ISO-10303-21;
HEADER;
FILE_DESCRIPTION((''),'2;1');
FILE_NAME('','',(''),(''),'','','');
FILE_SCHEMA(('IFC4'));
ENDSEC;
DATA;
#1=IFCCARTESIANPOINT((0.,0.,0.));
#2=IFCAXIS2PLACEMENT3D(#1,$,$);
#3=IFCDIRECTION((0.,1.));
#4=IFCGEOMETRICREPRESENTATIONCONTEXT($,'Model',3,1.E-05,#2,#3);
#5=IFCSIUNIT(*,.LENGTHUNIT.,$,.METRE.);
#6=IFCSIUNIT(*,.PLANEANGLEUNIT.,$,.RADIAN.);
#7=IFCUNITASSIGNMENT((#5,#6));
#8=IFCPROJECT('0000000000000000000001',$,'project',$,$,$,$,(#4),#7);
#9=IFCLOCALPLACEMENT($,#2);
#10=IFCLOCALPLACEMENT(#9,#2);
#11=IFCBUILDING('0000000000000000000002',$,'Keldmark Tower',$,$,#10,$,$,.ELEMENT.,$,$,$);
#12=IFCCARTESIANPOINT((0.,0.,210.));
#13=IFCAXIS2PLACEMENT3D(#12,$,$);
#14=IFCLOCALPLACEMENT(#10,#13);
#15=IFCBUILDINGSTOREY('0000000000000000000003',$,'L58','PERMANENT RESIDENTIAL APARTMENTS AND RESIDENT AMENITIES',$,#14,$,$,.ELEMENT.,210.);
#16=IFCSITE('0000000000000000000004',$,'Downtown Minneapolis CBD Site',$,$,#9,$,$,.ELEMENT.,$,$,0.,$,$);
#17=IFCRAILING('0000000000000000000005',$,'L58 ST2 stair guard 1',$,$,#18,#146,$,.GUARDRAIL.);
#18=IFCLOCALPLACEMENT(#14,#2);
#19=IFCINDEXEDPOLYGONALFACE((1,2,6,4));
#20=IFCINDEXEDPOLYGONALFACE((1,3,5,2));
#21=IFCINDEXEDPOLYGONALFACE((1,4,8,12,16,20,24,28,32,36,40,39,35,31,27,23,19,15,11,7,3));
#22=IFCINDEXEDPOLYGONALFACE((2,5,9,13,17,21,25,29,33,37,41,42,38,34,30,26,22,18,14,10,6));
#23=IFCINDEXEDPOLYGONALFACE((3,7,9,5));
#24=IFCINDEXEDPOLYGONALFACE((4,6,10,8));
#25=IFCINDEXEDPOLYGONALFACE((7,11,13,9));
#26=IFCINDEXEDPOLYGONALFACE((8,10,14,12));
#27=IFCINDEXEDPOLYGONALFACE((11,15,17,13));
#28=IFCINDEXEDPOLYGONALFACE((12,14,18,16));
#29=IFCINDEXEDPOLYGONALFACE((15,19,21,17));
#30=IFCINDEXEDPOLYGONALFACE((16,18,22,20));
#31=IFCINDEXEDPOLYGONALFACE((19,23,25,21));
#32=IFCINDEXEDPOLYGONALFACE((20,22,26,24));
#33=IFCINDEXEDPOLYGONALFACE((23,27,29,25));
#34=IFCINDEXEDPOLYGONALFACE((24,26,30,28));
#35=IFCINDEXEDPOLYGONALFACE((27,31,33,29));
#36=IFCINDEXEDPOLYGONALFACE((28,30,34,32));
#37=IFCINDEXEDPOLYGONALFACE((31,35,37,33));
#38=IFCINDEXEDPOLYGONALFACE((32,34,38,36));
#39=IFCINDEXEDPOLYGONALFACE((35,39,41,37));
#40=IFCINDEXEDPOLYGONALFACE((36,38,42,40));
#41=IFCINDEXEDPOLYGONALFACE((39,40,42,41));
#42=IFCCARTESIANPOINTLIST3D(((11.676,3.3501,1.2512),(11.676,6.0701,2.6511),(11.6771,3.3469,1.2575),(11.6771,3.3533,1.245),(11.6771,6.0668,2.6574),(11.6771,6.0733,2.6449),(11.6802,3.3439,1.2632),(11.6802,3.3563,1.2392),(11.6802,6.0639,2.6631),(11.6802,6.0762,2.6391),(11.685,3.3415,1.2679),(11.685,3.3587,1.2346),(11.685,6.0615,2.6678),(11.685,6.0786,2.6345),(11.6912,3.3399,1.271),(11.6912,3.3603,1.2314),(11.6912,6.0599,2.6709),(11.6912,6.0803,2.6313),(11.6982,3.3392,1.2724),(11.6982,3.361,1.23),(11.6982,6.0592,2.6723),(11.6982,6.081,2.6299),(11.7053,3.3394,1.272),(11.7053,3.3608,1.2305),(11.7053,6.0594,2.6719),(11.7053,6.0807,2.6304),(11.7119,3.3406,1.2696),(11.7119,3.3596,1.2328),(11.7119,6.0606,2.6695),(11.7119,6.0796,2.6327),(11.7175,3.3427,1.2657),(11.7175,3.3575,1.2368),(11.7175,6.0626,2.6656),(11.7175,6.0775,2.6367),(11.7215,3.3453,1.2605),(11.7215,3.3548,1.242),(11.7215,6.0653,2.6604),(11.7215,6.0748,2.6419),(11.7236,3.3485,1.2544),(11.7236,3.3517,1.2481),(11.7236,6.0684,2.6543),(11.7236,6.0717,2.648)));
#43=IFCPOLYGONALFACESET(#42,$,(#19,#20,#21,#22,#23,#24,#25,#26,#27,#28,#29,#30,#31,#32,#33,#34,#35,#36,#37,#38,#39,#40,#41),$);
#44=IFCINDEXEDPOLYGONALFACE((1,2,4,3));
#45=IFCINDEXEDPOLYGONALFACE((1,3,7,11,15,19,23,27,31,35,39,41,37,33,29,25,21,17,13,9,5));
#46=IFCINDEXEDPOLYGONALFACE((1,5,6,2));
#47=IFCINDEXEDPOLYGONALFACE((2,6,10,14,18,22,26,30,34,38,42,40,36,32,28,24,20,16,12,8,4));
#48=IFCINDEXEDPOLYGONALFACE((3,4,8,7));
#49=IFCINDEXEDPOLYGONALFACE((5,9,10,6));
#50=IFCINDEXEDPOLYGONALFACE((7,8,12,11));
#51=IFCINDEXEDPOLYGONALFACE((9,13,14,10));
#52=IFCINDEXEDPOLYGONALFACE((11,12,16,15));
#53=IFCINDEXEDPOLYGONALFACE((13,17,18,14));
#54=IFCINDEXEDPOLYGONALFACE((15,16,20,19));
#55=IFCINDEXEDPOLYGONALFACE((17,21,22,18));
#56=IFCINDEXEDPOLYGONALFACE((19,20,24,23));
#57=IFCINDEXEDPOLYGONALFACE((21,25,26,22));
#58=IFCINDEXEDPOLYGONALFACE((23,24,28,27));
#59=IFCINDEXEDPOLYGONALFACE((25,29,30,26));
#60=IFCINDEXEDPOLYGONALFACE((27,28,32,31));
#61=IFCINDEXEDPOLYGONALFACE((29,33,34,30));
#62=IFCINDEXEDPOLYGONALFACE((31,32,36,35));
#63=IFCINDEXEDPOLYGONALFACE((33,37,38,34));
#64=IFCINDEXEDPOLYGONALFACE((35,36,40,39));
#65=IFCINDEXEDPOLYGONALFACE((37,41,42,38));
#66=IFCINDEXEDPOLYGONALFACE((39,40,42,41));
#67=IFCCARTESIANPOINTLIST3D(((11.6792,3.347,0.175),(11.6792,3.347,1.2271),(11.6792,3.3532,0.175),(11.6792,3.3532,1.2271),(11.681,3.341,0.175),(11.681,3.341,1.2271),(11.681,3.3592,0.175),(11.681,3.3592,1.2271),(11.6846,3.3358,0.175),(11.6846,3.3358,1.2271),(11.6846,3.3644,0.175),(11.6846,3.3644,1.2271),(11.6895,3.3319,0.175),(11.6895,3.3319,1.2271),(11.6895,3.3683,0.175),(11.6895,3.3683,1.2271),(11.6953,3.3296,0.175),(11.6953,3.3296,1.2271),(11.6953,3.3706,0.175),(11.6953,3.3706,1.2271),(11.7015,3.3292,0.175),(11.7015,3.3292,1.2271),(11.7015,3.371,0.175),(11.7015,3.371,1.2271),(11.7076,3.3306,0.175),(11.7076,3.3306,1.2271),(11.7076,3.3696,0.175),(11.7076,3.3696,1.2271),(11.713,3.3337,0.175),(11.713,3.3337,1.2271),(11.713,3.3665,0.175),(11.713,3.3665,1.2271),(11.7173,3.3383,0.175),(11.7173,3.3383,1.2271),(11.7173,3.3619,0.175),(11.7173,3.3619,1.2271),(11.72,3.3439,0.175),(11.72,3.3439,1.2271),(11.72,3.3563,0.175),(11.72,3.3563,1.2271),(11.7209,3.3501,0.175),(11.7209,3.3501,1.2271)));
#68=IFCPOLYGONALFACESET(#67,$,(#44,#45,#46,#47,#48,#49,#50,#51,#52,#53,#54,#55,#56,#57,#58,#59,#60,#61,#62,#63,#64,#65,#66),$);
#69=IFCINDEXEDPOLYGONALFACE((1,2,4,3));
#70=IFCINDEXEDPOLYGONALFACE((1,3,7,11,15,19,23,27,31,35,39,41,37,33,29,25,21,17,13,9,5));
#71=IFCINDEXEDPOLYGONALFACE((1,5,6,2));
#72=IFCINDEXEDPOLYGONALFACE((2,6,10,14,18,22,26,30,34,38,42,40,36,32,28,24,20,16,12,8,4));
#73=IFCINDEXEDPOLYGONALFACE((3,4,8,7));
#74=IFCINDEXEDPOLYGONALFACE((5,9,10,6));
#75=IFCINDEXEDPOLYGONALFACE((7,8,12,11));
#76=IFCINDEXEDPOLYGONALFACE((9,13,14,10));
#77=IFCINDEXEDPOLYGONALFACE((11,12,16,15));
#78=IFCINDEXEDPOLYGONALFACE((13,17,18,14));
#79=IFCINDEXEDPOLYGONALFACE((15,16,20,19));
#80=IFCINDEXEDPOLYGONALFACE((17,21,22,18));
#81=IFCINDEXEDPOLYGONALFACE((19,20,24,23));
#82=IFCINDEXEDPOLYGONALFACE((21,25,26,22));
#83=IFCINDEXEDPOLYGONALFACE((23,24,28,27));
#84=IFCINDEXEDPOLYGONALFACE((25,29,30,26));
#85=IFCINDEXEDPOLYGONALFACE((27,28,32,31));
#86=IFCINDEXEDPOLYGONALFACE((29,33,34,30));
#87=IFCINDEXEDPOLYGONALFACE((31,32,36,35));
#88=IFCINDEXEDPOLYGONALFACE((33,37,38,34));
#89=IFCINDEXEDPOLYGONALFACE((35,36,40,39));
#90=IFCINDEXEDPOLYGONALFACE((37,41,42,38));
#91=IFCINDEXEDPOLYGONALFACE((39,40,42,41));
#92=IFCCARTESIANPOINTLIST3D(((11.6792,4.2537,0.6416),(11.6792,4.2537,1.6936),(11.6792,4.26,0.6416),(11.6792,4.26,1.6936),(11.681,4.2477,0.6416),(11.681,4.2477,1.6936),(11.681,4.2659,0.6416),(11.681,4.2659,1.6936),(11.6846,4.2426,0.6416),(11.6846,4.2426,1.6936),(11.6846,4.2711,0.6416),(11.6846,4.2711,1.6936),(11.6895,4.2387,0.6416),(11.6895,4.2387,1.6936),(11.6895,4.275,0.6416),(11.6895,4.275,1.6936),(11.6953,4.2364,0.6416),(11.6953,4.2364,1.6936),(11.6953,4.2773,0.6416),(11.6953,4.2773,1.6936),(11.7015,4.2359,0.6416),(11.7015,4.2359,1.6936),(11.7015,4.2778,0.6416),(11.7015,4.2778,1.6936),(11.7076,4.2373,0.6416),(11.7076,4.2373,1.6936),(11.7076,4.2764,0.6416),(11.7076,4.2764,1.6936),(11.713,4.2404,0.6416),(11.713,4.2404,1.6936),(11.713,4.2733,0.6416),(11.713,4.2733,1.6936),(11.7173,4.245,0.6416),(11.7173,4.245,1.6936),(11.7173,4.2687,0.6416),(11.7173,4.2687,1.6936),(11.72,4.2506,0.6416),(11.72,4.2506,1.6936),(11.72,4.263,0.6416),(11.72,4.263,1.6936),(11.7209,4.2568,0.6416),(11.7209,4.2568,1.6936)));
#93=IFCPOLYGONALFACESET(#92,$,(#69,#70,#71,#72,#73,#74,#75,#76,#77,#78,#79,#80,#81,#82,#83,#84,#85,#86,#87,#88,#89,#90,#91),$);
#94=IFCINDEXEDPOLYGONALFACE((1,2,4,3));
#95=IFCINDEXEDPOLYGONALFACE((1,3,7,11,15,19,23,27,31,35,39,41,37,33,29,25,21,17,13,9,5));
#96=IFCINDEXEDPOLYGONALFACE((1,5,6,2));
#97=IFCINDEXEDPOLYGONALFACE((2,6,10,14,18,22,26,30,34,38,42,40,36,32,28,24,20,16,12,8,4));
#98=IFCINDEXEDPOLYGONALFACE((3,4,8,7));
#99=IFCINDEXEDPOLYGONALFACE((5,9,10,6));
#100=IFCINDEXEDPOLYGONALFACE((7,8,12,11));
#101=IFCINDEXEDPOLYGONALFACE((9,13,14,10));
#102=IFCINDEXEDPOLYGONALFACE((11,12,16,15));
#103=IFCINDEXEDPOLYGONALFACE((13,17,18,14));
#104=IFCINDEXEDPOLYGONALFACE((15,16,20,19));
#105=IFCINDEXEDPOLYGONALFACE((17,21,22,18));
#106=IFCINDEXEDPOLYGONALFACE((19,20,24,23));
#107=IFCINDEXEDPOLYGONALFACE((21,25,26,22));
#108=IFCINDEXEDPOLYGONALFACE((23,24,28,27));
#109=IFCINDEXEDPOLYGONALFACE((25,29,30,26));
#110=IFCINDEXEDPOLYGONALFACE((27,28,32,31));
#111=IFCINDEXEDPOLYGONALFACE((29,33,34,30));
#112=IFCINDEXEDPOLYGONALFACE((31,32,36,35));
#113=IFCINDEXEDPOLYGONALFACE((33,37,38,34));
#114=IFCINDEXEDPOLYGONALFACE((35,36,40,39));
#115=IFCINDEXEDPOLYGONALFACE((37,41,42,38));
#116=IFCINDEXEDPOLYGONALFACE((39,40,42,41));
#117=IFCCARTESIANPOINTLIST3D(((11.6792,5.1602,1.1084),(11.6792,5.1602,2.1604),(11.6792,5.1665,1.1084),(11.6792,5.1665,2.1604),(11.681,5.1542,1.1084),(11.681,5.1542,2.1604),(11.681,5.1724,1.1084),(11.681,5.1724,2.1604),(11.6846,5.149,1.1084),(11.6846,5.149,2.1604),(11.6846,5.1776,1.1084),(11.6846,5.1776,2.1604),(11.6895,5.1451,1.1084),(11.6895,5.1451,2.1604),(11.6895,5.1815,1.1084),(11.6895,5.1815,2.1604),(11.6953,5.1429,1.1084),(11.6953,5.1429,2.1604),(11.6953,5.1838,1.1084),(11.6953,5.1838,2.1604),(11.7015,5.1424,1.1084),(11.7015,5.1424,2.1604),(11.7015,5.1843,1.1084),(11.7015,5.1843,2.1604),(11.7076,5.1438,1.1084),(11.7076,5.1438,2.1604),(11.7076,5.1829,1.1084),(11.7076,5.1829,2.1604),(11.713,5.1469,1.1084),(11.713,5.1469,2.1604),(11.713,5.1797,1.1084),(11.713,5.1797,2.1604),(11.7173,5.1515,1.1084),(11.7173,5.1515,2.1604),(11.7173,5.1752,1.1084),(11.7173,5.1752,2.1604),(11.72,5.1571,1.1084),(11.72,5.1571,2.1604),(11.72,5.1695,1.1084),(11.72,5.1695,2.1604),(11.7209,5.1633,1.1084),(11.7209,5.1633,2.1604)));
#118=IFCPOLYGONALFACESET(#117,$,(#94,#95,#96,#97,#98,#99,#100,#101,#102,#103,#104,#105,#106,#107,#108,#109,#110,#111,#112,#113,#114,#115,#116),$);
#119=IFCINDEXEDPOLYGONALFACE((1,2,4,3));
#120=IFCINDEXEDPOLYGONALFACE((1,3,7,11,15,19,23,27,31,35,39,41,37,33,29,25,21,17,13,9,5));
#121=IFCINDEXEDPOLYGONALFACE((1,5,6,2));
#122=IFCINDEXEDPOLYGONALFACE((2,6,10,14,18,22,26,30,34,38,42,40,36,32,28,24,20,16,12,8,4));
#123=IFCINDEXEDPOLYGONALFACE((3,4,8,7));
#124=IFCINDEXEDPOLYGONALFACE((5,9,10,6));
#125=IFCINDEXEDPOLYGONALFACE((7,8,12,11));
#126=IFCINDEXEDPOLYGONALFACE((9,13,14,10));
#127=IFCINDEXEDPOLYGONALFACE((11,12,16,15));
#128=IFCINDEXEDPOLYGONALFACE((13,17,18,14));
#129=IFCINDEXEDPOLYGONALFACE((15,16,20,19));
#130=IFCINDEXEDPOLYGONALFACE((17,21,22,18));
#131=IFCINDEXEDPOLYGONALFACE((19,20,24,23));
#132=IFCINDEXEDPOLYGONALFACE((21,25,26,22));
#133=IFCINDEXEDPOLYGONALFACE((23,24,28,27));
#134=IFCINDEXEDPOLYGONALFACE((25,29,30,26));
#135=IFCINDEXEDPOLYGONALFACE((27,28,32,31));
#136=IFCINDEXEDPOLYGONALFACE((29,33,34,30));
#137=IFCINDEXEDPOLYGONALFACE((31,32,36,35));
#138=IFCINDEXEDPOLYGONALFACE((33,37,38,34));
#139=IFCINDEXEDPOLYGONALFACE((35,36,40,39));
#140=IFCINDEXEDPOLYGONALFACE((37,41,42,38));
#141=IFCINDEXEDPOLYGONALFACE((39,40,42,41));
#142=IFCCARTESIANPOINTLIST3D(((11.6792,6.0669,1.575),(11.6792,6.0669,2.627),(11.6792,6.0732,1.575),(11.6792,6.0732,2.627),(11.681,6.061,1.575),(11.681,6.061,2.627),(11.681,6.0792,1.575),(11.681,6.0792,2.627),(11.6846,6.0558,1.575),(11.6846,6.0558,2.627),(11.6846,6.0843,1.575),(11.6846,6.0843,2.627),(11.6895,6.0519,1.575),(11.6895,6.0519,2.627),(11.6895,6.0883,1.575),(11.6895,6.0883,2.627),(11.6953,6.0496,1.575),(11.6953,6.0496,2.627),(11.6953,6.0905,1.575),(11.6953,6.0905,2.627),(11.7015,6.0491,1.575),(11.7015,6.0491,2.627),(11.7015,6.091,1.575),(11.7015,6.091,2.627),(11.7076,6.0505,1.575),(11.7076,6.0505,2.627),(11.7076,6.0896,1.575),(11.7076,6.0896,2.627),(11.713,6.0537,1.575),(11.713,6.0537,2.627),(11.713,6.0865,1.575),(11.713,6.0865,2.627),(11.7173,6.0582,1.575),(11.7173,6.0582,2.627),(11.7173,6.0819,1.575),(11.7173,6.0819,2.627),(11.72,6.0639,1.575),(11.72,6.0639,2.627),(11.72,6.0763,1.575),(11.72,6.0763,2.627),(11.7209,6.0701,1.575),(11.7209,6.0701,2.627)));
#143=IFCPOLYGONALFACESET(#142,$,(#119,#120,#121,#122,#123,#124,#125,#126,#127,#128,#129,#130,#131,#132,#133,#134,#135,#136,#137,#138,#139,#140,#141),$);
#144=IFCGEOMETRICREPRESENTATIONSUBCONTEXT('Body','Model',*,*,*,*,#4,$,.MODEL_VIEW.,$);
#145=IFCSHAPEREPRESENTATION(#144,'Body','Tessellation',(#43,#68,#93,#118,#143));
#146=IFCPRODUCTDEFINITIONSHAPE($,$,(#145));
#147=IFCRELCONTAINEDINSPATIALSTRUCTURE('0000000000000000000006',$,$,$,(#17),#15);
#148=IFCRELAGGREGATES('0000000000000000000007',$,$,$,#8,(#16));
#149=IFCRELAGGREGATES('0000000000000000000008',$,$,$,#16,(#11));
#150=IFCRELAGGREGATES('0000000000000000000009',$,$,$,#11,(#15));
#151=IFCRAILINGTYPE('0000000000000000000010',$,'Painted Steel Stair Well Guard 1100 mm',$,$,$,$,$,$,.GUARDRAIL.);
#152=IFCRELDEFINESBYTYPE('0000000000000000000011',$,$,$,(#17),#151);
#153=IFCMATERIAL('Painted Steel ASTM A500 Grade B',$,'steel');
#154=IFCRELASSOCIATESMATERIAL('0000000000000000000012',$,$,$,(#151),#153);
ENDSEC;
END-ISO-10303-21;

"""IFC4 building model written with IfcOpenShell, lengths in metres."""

from ifc_helpers import new_model, si_unit, direction, frame, origin, origin_2d, place, context, subcontext, project, spatial, circle, extrude, material, type_object, element, save


model = new_model("IFC4")

# Units and contexts
model_context = context("Model", 3, precision=1e-05, world=origin(), true_north=direction((0.0, 1.0)))
body_context = subcontext(model_context, "Body", "Model", "MODEL_VIEW")
ifc_project = project(units=[si_unit("LENGTHUNIT", "METRE"), si_unit("PLANEANGLEUNIT", "RADIAN")], contexts=[model_context])

# Site, building, storey
site_placement = place(None, origin())
site = spatial("IfcSite", under=ifc_project, at=site_placement, Name="Downtown Minneapolis CBD Site", CompositionType="ELEMENT", RefElevation=0.0)
building_placement = place(site_placement, origin())
building = spatial("IfcBuilding", under=site, at=building_placement, Name="Keldmark Tower", CompositionType="ELEMENT")
storey_placement = place(building_placement, frame((0.0, 0.0, 210.0)))
storey = spatial("IfcBuildingStorey", under=building, at=storey_placement, Name="L58", Description="PERMANENT RESIDENTIAL APARTMENTS AND RESIDENT AMENITIES", CompositionType="ELEMENT", Elevation=210.0)

# Railing
ifc_material_1 = material(Name="Painted Steel ASTM A500 Grade B", Category="steel")
railing_type_1 = type_object("IfcRailingType", Name="Painted Steel Stair Well Guard 1100 mm", PredefinedType="GUARDRAIL", material=ifc_material_1)
railing_1_placement = place(storey_placement, frame((11.7, 3.3501, 0.175)))
element("IfcRailing", 1, at=railing_1_placement, inside=storey, type_object=railing_type_1, Name="L58 ST2 stair guard 1", PredefinedType="GUARDRAIL", context=body_context, shape_type="SweptSolid", body=[
    extrude(circle(Radius=0.0239, at=origin_2d()), frame((0.0, 0.0, 1.0762), z_axis=(0.0, 0.889147, 0.457622), x_axis=(-1.0, 0.0, 0.0)), (0.0, 0.0, 1.0), 3.0591),
    extrude(circle(Radius=0.021, at=origin_2d()), origin(), (0.0, 0.0, 1.0), 1.052),
    extrude(circle(Radius=0.021, at=origin_2d()), frame((0.0, 0.9067, 0.4666)), (0.0, 0.0, 1.0), 1.052),
    extrude(circle(Radius=0.021, at=origin_2d()), frame((0.0, 1.8132, 0.9333)), (0.0, 0.0, 1.0), 1.052),
    extrude(circle(Radius=0.021, at=origin_2d()), frame((0.0, 2.72, 1.3999)), (0.0, 0.0, 1.0), 1.052),
])

save(model, "model.ifc")
